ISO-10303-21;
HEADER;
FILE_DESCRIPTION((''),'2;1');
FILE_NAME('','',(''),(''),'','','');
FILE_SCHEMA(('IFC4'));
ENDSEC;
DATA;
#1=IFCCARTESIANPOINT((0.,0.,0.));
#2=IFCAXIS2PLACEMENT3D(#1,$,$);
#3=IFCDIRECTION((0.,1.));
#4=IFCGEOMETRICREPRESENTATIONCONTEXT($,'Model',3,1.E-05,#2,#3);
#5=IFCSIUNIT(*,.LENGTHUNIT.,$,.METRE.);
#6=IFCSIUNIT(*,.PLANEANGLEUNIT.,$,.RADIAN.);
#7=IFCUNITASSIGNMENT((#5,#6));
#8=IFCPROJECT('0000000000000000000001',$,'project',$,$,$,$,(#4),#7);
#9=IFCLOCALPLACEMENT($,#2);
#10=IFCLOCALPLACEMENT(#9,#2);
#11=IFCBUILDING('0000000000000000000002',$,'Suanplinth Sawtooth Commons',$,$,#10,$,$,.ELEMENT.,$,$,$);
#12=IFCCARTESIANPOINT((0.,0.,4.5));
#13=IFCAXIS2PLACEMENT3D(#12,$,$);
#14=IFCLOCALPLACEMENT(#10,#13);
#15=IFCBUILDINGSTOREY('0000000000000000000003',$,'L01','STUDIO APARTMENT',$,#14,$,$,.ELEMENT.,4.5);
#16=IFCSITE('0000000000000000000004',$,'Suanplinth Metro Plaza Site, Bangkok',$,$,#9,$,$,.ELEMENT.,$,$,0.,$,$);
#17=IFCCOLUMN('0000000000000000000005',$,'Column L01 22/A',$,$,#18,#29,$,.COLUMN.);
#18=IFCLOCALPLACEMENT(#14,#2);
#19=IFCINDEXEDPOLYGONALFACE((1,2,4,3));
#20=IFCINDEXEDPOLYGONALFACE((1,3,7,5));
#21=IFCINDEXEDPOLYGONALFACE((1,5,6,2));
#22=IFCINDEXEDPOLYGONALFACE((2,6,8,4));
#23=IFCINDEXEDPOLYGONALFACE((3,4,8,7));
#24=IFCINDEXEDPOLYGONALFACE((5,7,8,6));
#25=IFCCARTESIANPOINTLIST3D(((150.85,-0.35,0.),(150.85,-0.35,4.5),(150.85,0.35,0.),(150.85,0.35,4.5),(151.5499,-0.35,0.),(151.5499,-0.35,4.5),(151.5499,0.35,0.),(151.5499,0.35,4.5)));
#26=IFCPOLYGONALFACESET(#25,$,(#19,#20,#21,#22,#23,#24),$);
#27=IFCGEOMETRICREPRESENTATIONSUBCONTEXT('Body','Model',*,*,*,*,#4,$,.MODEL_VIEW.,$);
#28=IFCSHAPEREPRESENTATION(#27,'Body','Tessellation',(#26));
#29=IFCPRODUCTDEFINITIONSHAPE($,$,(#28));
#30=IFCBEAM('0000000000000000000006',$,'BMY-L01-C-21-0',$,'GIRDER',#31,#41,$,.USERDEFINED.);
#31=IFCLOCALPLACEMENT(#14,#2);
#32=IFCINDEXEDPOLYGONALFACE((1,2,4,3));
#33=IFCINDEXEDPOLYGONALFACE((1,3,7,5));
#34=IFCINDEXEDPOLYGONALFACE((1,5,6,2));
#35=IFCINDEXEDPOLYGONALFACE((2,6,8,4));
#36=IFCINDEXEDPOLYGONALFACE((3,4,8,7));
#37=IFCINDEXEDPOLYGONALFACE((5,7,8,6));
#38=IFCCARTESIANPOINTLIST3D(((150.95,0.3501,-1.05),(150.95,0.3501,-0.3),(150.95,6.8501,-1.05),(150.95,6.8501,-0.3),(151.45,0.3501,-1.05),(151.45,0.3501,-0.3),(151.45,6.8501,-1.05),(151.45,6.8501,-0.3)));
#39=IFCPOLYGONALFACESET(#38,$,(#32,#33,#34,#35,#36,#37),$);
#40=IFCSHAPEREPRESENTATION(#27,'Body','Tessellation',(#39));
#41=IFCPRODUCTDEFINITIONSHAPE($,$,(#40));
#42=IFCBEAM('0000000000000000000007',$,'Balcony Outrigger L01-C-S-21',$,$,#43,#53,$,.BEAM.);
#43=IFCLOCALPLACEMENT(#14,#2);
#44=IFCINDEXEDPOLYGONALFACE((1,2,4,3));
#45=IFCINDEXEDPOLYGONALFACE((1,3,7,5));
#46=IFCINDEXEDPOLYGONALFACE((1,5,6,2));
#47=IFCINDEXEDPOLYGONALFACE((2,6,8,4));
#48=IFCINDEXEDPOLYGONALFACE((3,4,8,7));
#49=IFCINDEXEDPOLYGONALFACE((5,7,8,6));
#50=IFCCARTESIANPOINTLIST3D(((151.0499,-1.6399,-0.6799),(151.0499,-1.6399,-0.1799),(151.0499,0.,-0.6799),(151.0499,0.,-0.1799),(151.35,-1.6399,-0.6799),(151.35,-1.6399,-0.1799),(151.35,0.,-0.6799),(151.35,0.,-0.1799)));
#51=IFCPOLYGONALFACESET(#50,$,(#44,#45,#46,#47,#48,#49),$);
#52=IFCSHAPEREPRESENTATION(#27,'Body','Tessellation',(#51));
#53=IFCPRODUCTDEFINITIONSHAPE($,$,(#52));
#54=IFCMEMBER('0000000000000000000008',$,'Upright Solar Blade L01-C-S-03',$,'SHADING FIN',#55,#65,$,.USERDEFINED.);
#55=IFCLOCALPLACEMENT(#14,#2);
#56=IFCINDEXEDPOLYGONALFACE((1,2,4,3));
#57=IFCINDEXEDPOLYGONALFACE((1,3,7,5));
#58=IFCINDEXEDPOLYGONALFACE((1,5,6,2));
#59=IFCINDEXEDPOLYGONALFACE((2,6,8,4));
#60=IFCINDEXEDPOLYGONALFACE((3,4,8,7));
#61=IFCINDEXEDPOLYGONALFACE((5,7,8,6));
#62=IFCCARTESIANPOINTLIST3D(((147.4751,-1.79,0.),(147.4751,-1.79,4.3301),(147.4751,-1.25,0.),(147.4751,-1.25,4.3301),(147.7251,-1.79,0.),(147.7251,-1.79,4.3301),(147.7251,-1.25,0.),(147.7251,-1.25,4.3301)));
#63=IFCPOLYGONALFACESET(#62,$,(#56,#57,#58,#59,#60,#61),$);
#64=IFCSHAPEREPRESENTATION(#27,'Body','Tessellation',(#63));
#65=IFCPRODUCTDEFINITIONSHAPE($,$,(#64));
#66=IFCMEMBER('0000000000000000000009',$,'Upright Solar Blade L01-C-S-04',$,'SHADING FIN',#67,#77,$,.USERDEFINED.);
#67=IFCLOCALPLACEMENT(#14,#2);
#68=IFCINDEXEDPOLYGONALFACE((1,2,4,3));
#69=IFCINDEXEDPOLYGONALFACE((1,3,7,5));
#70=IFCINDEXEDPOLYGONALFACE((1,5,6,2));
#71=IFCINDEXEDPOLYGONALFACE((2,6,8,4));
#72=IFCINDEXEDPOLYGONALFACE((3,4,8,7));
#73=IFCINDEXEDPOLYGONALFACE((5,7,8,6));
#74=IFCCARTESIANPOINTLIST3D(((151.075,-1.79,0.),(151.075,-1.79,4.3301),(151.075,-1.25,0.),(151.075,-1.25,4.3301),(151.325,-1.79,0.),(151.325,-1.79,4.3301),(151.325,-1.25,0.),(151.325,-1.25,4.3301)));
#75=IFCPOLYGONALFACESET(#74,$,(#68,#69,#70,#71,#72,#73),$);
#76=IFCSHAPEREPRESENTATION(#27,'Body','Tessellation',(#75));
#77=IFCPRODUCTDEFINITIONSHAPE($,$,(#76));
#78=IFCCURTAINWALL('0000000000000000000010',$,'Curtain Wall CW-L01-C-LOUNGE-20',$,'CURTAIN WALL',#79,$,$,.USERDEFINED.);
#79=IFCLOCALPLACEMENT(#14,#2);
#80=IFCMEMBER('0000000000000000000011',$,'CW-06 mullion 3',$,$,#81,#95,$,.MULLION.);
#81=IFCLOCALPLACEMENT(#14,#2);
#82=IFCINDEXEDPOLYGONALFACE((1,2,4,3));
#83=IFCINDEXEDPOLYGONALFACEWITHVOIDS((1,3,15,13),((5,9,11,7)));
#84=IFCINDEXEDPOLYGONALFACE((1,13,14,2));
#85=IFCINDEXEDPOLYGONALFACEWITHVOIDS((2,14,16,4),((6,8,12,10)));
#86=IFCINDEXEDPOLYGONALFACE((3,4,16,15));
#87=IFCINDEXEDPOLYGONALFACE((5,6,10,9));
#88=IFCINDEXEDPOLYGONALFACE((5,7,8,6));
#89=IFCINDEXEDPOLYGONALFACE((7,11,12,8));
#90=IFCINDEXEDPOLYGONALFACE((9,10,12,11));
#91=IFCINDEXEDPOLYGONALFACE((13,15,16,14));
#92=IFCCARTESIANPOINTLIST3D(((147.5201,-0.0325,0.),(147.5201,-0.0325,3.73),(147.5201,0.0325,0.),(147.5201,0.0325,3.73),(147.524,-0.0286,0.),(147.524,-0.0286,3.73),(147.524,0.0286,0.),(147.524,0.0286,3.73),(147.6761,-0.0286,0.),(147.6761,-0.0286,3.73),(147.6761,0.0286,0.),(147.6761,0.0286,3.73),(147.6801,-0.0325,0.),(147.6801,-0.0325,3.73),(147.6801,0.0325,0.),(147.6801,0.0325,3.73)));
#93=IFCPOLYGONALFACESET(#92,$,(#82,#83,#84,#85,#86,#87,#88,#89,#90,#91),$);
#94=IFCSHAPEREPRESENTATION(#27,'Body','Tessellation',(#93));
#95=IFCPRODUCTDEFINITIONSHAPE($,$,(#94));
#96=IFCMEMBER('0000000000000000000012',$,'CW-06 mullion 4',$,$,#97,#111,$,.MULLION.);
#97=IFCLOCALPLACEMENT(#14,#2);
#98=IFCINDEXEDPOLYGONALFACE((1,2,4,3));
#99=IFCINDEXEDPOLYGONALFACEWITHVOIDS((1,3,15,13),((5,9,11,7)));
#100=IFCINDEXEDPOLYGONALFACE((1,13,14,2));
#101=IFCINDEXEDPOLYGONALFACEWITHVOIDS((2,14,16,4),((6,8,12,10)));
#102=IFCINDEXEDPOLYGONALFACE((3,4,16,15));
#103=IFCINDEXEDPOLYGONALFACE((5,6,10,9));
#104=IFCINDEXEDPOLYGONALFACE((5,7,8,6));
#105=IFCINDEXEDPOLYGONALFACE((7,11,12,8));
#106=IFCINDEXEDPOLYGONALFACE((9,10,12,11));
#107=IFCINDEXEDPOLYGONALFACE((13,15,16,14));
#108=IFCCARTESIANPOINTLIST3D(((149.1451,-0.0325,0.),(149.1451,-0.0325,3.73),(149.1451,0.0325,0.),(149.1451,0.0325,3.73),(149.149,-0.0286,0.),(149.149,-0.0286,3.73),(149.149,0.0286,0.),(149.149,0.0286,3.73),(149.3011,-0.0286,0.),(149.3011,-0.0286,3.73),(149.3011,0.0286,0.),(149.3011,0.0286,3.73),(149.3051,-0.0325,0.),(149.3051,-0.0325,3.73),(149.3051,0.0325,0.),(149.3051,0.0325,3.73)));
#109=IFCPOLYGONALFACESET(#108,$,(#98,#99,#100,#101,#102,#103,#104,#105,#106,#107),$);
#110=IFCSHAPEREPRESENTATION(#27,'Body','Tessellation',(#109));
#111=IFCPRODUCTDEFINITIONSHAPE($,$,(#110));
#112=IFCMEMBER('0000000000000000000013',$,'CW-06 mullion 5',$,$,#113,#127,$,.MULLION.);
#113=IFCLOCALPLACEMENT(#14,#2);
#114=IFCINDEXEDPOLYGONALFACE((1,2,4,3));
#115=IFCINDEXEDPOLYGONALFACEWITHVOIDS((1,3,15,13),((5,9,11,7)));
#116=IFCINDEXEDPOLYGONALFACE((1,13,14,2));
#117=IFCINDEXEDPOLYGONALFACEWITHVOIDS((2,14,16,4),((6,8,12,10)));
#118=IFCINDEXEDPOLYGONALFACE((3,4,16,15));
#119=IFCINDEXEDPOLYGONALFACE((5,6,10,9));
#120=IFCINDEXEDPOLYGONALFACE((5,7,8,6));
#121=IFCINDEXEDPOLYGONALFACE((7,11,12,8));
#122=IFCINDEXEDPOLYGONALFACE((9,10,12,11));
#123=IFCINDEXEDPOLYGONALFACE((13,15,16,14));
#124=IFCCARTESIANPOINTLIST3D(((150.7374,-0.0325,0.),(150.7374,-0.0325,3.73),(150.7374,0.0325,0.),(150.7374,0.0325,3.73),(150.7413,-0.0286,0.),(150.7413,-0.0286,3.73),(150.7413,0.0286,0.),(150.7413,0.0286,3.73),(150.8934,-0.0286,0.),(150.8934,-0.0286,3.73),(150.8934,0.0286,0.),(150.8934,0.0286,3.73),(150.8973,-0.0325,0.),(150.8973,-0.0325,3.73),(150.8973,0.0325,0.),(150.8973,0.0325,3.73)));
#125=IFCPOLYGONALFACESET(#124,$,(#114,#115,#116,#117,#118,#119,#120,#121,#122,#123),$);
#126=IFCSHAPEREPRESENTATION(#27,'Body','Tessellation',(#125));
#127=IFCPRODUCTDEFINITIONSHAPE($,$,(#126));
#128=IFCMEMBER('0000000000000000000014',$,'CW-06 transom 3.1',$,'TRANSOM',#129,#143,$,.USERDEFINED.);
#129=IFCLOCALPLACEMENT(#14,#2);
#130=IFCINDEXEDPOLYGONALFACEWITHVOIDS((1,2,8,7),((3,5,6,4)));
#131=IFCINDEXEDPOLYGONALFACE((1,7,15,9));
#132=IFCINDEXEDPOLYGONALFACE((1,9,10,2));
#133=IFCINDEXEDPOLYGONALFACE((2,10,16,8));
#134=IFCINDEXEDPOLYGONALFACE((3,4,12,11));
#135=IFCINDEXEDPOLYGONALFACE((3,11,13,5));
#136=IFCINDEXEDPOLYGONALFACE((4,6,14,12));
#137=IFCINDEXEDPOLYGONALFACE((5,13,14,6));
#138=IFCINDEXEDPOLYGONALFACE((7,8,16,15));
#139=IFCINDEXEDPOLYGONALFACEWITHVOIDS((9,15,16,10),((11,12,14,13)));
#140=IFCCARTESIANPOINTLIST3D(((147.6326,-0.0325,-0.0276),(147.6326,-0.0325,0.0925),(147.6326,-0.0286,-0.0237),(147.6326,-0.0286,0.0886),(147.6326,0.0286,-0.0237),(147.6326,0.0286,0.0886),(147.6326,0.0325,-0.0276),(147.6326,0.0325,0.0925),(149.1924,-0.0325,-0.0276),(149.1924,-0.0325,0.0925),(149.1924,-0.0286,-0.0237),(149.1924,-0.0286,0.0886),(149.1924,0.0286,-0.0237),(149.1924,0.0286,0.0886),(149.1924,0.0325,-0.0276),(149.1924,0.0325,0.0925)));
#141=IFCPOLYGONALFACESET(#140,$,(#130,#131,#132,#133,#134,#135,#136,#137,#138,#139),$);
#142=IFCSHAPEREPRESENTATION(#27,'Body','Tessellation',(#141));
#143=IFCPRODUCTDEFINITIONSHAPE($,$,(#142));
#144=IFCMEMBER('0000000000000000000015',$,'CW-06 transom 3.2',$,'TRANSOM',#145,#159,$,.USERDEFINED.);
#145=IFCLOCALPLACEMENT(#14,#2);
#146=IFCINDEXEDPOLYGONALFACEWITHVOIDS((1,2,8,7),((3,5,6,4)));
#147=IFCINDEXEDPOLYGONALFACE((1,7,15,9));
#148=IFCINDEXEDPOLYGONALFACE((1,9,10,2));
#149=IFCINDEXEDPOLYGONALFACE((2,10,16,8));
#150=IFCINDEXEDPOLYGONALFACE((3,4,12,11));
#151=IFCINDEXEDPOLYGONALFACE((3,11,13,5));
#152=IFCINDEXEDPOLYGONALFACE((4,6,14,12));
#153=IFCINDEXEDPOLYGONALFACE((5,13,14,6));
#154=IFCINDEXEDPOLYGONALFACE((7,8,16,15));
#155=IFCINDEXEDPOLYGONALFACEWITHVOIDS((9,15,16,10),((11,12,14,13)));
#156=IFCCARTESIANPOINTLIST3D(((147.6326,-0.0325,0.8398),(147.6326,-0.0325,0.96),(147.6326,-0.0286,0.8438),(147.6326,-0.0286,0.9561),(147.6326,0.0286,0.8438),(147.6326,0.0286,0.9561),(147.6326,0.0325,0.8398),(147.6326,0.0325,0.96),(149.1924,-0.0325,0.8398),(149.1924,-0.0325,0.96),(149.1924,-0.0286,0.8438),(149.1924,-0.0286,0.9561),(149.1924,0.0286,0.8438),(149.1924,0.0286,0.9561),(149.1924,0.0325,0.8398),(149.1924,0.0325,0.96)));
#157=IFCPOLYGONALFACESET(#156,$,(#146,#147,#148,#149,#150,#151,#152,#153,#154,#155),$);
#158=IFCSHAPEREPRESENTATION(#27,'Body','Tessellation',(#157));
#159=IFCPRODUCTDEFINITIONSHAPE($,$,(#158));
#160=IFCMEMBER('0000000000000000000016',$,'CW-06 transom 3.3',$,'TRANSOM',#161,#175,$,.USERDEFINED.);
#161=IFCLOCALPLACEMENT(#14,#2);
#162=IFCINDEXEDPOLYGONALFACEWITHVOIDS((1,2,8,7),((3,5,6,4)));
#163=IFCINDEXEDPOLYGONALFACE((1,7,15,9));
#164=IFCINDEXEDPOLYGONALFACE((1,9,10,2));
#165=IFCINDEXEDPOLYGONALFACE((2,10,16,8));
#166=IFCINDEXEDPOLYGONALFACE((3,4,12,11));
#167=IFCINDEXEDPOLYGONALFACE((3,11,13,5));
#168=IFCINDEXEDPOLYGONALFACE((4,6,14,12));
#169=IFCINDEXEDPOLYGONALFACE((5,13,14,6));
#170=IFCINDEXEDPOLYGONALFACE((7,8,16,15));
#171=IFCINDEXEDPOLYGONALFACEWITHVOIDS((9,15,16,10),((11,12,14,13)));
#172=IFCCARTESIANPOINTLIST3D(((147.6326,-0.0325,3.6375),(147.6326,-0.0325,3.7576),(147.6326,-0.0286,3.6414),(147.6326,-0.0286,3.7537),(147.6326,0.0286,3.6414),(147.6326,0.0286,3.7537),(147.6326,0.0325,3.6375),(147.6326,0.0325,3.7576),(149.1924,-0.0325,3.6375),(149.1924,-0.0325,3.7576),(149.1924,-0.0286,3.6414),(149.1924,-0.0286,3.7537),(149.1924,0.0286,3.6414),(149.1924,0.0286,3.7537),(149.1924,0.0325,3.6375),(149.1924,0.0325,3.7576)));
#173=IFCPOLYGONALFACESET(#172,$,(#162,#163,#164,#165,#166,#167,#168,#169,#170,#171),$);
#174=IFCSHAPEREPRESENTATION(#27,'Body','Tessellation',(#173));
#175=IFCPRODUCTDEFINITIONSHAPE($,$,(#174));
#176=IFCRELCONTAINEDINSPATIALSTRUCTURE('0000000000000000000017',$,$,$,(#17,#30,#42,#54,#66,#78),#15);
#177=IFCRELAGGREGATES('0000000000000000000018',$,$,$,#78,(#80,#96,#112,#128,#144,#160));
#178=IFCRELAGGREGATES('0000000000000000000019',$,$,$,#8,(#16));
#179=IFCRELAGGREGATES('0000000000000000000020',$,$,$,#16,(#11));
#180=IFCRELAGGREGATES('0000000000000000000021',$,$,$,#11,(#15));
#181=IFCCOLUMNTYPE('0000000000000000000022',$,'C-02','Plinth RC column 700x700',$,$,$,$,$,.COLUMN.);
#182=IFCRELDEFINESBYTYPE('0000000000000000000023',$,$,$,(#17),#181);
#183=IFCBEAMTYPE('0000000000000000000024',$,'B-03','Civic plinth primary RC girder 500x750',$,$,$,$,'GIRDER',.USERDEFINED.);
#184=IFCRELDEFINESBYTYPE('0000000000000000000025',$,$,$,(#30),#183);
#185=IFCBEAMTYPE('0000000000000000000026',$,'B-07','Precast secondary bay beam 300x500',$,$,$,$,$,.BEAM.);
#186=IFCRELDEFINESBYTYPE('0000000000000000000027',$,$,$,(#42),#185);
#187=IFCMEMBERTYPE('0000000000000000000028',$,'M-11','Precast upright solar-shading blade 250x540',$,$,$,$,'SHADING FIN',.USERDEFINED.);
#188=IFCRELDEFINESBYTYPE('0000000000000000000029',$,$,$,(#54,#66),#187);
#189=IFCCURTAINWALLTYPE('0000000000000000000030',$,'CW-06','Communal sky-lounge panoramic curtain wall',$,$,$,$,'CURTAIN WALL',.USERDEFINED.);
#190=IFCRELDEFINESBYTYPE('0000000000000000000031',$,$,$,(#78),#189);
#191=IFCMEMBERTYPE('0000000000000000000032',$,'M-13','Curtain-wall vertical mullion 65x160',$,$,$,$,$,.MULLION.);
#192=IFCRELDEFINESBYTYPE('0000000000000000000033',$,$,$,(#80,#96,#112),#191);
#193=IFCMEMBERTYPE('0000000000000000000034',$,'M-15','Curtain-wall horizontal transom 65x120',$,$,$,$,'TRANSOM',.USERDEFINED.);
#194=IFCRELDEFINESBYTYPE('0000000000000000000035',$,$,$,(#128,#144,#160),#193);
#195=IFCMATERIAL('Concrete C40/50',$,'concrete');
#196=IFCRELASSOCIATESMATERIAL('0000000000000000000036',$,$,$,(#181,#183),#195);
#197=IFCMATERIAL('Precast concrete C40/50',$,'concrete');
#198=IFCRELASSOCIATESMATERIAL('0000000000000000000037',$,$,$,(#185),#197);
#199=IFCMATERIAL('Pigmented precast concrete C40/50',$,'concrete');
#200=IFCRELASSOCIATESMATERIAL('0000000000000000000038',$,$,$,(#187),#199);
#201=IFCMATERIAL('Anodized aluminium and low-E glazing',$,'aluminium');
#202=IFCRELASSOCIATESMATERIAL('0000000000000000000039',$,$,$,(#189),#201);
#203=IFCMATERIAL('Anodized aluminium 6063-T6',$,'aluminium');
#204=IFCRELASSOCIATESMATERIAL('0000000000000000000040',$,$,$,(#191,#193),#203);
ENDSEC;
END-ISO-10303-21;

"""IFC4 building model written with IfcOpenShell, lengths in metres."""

from ifc_helpers import new_model, si_unit, direction, frame, origin, origin_2d, place, context, subcontext, project, spatial, rectangle, hollow_rectangle, extrude, material, material_profile, profile_set, type_object, element, aggregate, save


model = new_model("IFC4")

# Units and contexts
model_context = context("Model", 3, precision=1e-05, world=origin(), true_north=direction((0.0, 1.0)))
body_context = subcontext(model_context, "Body", "Model", "MODEL_VIEW")
ifc_project = project(units=[si_unit("LENGTHUNIT", "METRE"), si_unit("PLANEANGLEUNIT", "RADIAN")], contexts=[model_context])

# Site, building, storey
site_placement = place(None, origin())
site = spatial("IfcSite", under=ifc_project, at=site_placement, Name="Suanplinth Metro Plaza Site, Bangkok", CompositionType="ELEMENT", RefElevation=0.0)
building_placement = place(site_placement, origin())
building = spatial("IfcBuilding", under=site, at=building_placement, Name="Suanplinth Sawtooth Commons", CompositionType="ELEMENT")
storey_placement = place(building_placement, frame((0.0, 0.0, 4.5)))
storey = spatial("IfcBuildingStorey", under=building, at=storey_placement, Name="L01", Description="STUDIO APARTMENT", CompositionType="ELEMENT", Elevation=4.5)

# Column
ifc_material_1 = material(Name="Concrete C40/50", Category="concrete")
ifc_material_profile_1 = material_profile(ifc_material_1, rectangle(XDim=0.7, YDim=0.7, at=origin_2d()), Name="RC-COL 700x700")
ifc_profile_set_1 = profile_set([ifc_material_profile_1], Name="Concrete C40/50")
column_type = type_object("IfcColumnType", Name="C-02", Description="Plinth RC column 700x700", PredefinedType="COLUMN", material=ifc_profile_set_1)
column_placement = place(storey_placement, frame((151.2, 0.0, 0.0), z_axis=(0.0, 0.0, 1.0), x_axis=(1.0, 0.0, 0.0)))
element("IfcColumn", 1, at=column_placement, inside=storey, type_object=column_type, Name="Column L01 22/A", PredefinedType="COLUMN", context=body_context, shape_type="SweptSolid", body=[
    extrude(rectangle(XDim=0.7, YDim=0.7, at=origin_2d()), origin(), (0.0, 0.0, 1.0), 4.5),
])

# Beams
ifc_material_profile_2 = material_profile(ifc_material_1, rectangle(XDim=0.5, YDim=0.75, at=origin_2d()), Name="RC-GDR 500x750")
ifc_profile_set_2 = profile_set([ifc_material_profile_2], Name="Concrete C40/50")
beam_type_1 = type_object("IfcBeamType", Name="B-03", Description="Civic plinth primary RC girder 500x750", ElementType="GIRDER", PredefinedType="USERDEFINED", material=ifc_profile_set_2)
beam_1_placement = place(storey_placement, frame((151.2, 0.3501, -0.675), z_axis=(0.0, 1.0, 0.0), x_axis=(-1.0, 0.0, 0.0)))
element("IfcBeam", 2, at=beam_1_placement, inside=storey, type_object=beam_type_1, Name="BMY-L01-C-21-0", ObjectType="GIRDER", PredefinedType="USERDEFINED", context=body_context, shape_type="SweptSolid", body=[
    extrude(rectangle(XDim=0.5, YDim=0.75, at=origin_2d()), origin(), (0.0, 0.0, 1.0), 6.5),
])
ifc_material_2 = material(Name="Precast concrete C40/50", Category="concrete")
ifc_material_profile_3 = material_profile(ifc_material_2, rectangle(XDim=0.3, YDim=0.5, at=origin_2d()), Name="PC-BM 300x500")
ifc_profile_set_3 = profile_set([ifc_material_profile_3], Name="Precast concrete C40/50")
beam_type_2 = type_object("IfcBeamType", Name="B-07", Description="Precast secondary bay beam 300x500", PredefinedType="BEAM", material=ifc_profile_set_3)
beam_2_placement = place(storey_placement, frame((151.2, 0.0, -0.4299), z_axis=(0.0, -1.0, 0.0), x_axis=(1.0, 0.0, 0.0)))
element("IfcBeam", 3, at=beam_2_placement, inside=storey, type_object=beam_type_2, Name="Balcony Outrigger L01-C-S-21", PredefinedType="BEAM", context=body_context, shape_type="SweptSolid", body=[
    extrude(rectangle(XDim=0.3, YDim=0.5, at=origin_2d()), origin(), (0.0, 0.0, 1.0), 1.6399),
])

# Members
ifc_material_3 = material(Name="Pigmented precast concrete C40/50", Category="concrete")
ifc_material_profile_4 = material_profile(ifc_material_3, rectangle(XDim=0.25, YDim=0.54, at=origin_2d()), Name="PC-FIN 250x540")
ifc_profile_set_4 = profile_set([ifc_material_profile_4], Name="Pigmented precast concrete C40/50")
member_type_1 = type_object("IfcMemberType", Name="M-11", Description="Precast upright solar-shading blade 250x540", ElementType="SHADING FIN", PredefinedType="USERDEFINED", material=ifc_profile_set_4)
for number, where, z_axis, x_axis, name in (
    (4, (147.6001, -1.52, 0.0), (0.0, 0.0, 1.0), (1.0, 0.0, 0.0), "Upright Solar Blade L01-C-S-03"),
    (5, (151.2, -1.52, 0.0), (0.0, 0.0, 1.0), (1.0, 0.0, 0.0), "Upright Solar Blade L01-C-S-04"),
):
    element("IfcMember", number, at=place(storey_placement, frame(where, z_axis=z_axis, x_axis=x_axis)), inside=storey, type_object=member_type_1, Name=name, ObjectType="SHADING FIN", PredefinedType="USERDEFINED", context=body_context, shape_type="SweptSolid", body=[
        extrude(rectangle(XDim=0.25, YDim=0.54, at=origin_2d()), origin(), (0.0, 0.0, 1.0), 4.3301),
    ])

# Curtain wall, members
ifc_material_4 = material(Name="Anodized aluminium and low-E glazing", Category="aluminium")
curtain_wall_type = type_object("IfcCurtainWallType", Name="CW-06", Description="Communal sky-lounge panoramic curtain wall", ElementType="CURTAIN WALL", PredefinedType="USERDEFINED", material=ifc_material_4)
curtain_wall_placement = place(storey_placement, origin())
curtain_wall = element("IfcCurtainWall", 6, at=curtain_wall_placement, inside=storey, type_object=curtain_wall_type, Name="Curtain Wall CW-L01-C-LOUNGE-20", ObjectType="CURTAIN WALL", PredefinedType="USERDEFINED")
ifc_material_5 = material(Name="Anodized aluminium 6063-T6", Category="aluminium")
ifc_material_profile_5 = material_profile(ifc_material_5, hollow_rectangle(XDim=0.0649, YDim=0.1599, WallThickness=0.0039, at=origin_2d()), Name="ALU-MUL 65x160")
ifc_profile_set_5 = profile_set([ifc_material_profile_5], Name="Anodized aluminium 6063-T6")
member_type_2 = type_object("IfcMemberType", Name="M-13", Description="Curtain-wall vertical mullion 65x160", PredefinedType="MULLION", material=ifc_profile_set_5)
member_1_placement = place(storey_placement, frame((147.6001, 0.0, 0.0), z_axis=(0.0, 0.0, 1.0), x_axis=(0.0, 1.0, 0.0)))
member_1 = element("IfcMember", 7, at=member_1_placement, type_object=member_type_2, Name="CW-06 mullion 3", PredefinedType="MULLION", context=body_context, shape_type="SweptSolid", body=[
    extrude(hollow_rectangle(XDim=0.0649, YDim=0.1599, WallThickness=0.0039, at=origin_2d()), origin(), (0.0, 0.0, 1.0), 3.73),
])
member_2_placement = place(storey_placement, frame((149.2251, 0.0, 0.0), z_axis=(0.0, 0.0, 1.0), x_axis=(0.0, 1.0, 0.0)))
member_2 = element("IfcMember", 8, at=member_2_placement, type_object=member_type_2, Name="CW-06 mullion 4", PredefinedType="MULLION", context=body_context, shape_type="SweptSolid", body=[
    extrude(hollow_rectangle(XDim=0.0649, YDim=0.1599, WallThickness=0.0039, at=origin_2d()), origin(), (0.0, 0.0, 1.0), 3.73),
])
member_3_placement = place(storey_placement, frame((150.8174, 0.0, 0.0), z_axis=(0.0, 0.0, 1.0), x_axis=(0.0, 1.0, 0.0)))
member_3 = element("IfcMember", 9, at=member_3_placement, type_object=member_type_2, Name="CW-06 mullion 5", PredefinedType="MULLION", context=body_context, shape_type="SweptSolid", body=[
    extrude(hollow_rectangle(XDim=0.0649, YDim=0.1599, WallThickness=0.0039, at=origin_2d()), origin(), (0.0, 0.0, 1.0), 3.73),
])
ifc_material_profile_6 = material_profile(ifc_material_5, hollow_rectangle(XDim=0.0649, YDim=0.1201, WallThickness=0.0039, at=origin_2d()), Name="ALU-TRN 65x120")
ifc_profile_set_6 = profile_set([ifc_material_profile_6], Name="Anodized aluminium 6063-T6")
member_type_3 = type_object("IfcMemberType", Name="M-15", Description="Curtain-wall horizontal transom 65x120", ElementType="TRANSOM", PredefinedType="USERDEFINED", material=ifc_profile_set_6)
member_4_placement = place(storey_placement, frame((147.6326, 0.0, 0.0325), z_axis=(1.0, 0.0, 0.0), x_axis=(0.0, 1.0, 0.0)))
member_4 = element("IfcMember", 10, at=member_4_placement, type_object=member_type_3, Name="CW-06 transom 3.1", ObjectType="TRANSOM", PredefinedType="USERDEFINED", context=body_context, shape_type="SweptSolid", body=[
    extrude(hollow_rectangle(XDim=0.0649, YDim=0.1201, WallThickness=0.0039, at=origin_2d()), origin(), (0.0, 0.0, 1.0), 1.5598),
])
member_5_placement = place(storey_placement, frame((147.6326, 0.0, 0.8999), z_axis=(1.0, 0.0, 0.0), x_axis=(0.0, 1.0, 0.0)))
member_5 = element("IfcMember", 11, at=member_5_placement, type_object=member_type_3, Name="CW-06 transom 3.2", ObjectType="TRANSOM", PredefinedType="USERDEFINED", context=body_context, shape_type="SweptSolid", body=[
    extrude(hollow_rectangle(XDim=0.0649, YDim=0.1201, WallThickness=0.0039, at=origin_2d()), origin(), (0.0, 0.0, 1.0), 1.5598),
])
member_6_placement = place(storey_placement, frame((147.6326, 0.0, 3.6975), z_axis=(1.0, 0.0, 0.0), x_axis=(0.0, 1.0, 0.0)))
member_6 = element("IfcMember", 12, at=member_6_placement, type_object=member_type_3, Name="CW-06 transom 3.3", ObjectType="TRANSOM", PredefinedType="USERDEFINED", context=body_context, shape_type="SweptSolid", body=[
    extrude(hollow_rectangle(XDim=0.0649, YDim=0.1201, WallThickness=0.0039, at=origin_2d()), origin(), (0.0, 0.0, 1.0), 1.5598),
])
aggregate(curtain_wall, [member_1, member_2, member_3, member_4, member_5, member_6])

save(model, "model.ifc")
